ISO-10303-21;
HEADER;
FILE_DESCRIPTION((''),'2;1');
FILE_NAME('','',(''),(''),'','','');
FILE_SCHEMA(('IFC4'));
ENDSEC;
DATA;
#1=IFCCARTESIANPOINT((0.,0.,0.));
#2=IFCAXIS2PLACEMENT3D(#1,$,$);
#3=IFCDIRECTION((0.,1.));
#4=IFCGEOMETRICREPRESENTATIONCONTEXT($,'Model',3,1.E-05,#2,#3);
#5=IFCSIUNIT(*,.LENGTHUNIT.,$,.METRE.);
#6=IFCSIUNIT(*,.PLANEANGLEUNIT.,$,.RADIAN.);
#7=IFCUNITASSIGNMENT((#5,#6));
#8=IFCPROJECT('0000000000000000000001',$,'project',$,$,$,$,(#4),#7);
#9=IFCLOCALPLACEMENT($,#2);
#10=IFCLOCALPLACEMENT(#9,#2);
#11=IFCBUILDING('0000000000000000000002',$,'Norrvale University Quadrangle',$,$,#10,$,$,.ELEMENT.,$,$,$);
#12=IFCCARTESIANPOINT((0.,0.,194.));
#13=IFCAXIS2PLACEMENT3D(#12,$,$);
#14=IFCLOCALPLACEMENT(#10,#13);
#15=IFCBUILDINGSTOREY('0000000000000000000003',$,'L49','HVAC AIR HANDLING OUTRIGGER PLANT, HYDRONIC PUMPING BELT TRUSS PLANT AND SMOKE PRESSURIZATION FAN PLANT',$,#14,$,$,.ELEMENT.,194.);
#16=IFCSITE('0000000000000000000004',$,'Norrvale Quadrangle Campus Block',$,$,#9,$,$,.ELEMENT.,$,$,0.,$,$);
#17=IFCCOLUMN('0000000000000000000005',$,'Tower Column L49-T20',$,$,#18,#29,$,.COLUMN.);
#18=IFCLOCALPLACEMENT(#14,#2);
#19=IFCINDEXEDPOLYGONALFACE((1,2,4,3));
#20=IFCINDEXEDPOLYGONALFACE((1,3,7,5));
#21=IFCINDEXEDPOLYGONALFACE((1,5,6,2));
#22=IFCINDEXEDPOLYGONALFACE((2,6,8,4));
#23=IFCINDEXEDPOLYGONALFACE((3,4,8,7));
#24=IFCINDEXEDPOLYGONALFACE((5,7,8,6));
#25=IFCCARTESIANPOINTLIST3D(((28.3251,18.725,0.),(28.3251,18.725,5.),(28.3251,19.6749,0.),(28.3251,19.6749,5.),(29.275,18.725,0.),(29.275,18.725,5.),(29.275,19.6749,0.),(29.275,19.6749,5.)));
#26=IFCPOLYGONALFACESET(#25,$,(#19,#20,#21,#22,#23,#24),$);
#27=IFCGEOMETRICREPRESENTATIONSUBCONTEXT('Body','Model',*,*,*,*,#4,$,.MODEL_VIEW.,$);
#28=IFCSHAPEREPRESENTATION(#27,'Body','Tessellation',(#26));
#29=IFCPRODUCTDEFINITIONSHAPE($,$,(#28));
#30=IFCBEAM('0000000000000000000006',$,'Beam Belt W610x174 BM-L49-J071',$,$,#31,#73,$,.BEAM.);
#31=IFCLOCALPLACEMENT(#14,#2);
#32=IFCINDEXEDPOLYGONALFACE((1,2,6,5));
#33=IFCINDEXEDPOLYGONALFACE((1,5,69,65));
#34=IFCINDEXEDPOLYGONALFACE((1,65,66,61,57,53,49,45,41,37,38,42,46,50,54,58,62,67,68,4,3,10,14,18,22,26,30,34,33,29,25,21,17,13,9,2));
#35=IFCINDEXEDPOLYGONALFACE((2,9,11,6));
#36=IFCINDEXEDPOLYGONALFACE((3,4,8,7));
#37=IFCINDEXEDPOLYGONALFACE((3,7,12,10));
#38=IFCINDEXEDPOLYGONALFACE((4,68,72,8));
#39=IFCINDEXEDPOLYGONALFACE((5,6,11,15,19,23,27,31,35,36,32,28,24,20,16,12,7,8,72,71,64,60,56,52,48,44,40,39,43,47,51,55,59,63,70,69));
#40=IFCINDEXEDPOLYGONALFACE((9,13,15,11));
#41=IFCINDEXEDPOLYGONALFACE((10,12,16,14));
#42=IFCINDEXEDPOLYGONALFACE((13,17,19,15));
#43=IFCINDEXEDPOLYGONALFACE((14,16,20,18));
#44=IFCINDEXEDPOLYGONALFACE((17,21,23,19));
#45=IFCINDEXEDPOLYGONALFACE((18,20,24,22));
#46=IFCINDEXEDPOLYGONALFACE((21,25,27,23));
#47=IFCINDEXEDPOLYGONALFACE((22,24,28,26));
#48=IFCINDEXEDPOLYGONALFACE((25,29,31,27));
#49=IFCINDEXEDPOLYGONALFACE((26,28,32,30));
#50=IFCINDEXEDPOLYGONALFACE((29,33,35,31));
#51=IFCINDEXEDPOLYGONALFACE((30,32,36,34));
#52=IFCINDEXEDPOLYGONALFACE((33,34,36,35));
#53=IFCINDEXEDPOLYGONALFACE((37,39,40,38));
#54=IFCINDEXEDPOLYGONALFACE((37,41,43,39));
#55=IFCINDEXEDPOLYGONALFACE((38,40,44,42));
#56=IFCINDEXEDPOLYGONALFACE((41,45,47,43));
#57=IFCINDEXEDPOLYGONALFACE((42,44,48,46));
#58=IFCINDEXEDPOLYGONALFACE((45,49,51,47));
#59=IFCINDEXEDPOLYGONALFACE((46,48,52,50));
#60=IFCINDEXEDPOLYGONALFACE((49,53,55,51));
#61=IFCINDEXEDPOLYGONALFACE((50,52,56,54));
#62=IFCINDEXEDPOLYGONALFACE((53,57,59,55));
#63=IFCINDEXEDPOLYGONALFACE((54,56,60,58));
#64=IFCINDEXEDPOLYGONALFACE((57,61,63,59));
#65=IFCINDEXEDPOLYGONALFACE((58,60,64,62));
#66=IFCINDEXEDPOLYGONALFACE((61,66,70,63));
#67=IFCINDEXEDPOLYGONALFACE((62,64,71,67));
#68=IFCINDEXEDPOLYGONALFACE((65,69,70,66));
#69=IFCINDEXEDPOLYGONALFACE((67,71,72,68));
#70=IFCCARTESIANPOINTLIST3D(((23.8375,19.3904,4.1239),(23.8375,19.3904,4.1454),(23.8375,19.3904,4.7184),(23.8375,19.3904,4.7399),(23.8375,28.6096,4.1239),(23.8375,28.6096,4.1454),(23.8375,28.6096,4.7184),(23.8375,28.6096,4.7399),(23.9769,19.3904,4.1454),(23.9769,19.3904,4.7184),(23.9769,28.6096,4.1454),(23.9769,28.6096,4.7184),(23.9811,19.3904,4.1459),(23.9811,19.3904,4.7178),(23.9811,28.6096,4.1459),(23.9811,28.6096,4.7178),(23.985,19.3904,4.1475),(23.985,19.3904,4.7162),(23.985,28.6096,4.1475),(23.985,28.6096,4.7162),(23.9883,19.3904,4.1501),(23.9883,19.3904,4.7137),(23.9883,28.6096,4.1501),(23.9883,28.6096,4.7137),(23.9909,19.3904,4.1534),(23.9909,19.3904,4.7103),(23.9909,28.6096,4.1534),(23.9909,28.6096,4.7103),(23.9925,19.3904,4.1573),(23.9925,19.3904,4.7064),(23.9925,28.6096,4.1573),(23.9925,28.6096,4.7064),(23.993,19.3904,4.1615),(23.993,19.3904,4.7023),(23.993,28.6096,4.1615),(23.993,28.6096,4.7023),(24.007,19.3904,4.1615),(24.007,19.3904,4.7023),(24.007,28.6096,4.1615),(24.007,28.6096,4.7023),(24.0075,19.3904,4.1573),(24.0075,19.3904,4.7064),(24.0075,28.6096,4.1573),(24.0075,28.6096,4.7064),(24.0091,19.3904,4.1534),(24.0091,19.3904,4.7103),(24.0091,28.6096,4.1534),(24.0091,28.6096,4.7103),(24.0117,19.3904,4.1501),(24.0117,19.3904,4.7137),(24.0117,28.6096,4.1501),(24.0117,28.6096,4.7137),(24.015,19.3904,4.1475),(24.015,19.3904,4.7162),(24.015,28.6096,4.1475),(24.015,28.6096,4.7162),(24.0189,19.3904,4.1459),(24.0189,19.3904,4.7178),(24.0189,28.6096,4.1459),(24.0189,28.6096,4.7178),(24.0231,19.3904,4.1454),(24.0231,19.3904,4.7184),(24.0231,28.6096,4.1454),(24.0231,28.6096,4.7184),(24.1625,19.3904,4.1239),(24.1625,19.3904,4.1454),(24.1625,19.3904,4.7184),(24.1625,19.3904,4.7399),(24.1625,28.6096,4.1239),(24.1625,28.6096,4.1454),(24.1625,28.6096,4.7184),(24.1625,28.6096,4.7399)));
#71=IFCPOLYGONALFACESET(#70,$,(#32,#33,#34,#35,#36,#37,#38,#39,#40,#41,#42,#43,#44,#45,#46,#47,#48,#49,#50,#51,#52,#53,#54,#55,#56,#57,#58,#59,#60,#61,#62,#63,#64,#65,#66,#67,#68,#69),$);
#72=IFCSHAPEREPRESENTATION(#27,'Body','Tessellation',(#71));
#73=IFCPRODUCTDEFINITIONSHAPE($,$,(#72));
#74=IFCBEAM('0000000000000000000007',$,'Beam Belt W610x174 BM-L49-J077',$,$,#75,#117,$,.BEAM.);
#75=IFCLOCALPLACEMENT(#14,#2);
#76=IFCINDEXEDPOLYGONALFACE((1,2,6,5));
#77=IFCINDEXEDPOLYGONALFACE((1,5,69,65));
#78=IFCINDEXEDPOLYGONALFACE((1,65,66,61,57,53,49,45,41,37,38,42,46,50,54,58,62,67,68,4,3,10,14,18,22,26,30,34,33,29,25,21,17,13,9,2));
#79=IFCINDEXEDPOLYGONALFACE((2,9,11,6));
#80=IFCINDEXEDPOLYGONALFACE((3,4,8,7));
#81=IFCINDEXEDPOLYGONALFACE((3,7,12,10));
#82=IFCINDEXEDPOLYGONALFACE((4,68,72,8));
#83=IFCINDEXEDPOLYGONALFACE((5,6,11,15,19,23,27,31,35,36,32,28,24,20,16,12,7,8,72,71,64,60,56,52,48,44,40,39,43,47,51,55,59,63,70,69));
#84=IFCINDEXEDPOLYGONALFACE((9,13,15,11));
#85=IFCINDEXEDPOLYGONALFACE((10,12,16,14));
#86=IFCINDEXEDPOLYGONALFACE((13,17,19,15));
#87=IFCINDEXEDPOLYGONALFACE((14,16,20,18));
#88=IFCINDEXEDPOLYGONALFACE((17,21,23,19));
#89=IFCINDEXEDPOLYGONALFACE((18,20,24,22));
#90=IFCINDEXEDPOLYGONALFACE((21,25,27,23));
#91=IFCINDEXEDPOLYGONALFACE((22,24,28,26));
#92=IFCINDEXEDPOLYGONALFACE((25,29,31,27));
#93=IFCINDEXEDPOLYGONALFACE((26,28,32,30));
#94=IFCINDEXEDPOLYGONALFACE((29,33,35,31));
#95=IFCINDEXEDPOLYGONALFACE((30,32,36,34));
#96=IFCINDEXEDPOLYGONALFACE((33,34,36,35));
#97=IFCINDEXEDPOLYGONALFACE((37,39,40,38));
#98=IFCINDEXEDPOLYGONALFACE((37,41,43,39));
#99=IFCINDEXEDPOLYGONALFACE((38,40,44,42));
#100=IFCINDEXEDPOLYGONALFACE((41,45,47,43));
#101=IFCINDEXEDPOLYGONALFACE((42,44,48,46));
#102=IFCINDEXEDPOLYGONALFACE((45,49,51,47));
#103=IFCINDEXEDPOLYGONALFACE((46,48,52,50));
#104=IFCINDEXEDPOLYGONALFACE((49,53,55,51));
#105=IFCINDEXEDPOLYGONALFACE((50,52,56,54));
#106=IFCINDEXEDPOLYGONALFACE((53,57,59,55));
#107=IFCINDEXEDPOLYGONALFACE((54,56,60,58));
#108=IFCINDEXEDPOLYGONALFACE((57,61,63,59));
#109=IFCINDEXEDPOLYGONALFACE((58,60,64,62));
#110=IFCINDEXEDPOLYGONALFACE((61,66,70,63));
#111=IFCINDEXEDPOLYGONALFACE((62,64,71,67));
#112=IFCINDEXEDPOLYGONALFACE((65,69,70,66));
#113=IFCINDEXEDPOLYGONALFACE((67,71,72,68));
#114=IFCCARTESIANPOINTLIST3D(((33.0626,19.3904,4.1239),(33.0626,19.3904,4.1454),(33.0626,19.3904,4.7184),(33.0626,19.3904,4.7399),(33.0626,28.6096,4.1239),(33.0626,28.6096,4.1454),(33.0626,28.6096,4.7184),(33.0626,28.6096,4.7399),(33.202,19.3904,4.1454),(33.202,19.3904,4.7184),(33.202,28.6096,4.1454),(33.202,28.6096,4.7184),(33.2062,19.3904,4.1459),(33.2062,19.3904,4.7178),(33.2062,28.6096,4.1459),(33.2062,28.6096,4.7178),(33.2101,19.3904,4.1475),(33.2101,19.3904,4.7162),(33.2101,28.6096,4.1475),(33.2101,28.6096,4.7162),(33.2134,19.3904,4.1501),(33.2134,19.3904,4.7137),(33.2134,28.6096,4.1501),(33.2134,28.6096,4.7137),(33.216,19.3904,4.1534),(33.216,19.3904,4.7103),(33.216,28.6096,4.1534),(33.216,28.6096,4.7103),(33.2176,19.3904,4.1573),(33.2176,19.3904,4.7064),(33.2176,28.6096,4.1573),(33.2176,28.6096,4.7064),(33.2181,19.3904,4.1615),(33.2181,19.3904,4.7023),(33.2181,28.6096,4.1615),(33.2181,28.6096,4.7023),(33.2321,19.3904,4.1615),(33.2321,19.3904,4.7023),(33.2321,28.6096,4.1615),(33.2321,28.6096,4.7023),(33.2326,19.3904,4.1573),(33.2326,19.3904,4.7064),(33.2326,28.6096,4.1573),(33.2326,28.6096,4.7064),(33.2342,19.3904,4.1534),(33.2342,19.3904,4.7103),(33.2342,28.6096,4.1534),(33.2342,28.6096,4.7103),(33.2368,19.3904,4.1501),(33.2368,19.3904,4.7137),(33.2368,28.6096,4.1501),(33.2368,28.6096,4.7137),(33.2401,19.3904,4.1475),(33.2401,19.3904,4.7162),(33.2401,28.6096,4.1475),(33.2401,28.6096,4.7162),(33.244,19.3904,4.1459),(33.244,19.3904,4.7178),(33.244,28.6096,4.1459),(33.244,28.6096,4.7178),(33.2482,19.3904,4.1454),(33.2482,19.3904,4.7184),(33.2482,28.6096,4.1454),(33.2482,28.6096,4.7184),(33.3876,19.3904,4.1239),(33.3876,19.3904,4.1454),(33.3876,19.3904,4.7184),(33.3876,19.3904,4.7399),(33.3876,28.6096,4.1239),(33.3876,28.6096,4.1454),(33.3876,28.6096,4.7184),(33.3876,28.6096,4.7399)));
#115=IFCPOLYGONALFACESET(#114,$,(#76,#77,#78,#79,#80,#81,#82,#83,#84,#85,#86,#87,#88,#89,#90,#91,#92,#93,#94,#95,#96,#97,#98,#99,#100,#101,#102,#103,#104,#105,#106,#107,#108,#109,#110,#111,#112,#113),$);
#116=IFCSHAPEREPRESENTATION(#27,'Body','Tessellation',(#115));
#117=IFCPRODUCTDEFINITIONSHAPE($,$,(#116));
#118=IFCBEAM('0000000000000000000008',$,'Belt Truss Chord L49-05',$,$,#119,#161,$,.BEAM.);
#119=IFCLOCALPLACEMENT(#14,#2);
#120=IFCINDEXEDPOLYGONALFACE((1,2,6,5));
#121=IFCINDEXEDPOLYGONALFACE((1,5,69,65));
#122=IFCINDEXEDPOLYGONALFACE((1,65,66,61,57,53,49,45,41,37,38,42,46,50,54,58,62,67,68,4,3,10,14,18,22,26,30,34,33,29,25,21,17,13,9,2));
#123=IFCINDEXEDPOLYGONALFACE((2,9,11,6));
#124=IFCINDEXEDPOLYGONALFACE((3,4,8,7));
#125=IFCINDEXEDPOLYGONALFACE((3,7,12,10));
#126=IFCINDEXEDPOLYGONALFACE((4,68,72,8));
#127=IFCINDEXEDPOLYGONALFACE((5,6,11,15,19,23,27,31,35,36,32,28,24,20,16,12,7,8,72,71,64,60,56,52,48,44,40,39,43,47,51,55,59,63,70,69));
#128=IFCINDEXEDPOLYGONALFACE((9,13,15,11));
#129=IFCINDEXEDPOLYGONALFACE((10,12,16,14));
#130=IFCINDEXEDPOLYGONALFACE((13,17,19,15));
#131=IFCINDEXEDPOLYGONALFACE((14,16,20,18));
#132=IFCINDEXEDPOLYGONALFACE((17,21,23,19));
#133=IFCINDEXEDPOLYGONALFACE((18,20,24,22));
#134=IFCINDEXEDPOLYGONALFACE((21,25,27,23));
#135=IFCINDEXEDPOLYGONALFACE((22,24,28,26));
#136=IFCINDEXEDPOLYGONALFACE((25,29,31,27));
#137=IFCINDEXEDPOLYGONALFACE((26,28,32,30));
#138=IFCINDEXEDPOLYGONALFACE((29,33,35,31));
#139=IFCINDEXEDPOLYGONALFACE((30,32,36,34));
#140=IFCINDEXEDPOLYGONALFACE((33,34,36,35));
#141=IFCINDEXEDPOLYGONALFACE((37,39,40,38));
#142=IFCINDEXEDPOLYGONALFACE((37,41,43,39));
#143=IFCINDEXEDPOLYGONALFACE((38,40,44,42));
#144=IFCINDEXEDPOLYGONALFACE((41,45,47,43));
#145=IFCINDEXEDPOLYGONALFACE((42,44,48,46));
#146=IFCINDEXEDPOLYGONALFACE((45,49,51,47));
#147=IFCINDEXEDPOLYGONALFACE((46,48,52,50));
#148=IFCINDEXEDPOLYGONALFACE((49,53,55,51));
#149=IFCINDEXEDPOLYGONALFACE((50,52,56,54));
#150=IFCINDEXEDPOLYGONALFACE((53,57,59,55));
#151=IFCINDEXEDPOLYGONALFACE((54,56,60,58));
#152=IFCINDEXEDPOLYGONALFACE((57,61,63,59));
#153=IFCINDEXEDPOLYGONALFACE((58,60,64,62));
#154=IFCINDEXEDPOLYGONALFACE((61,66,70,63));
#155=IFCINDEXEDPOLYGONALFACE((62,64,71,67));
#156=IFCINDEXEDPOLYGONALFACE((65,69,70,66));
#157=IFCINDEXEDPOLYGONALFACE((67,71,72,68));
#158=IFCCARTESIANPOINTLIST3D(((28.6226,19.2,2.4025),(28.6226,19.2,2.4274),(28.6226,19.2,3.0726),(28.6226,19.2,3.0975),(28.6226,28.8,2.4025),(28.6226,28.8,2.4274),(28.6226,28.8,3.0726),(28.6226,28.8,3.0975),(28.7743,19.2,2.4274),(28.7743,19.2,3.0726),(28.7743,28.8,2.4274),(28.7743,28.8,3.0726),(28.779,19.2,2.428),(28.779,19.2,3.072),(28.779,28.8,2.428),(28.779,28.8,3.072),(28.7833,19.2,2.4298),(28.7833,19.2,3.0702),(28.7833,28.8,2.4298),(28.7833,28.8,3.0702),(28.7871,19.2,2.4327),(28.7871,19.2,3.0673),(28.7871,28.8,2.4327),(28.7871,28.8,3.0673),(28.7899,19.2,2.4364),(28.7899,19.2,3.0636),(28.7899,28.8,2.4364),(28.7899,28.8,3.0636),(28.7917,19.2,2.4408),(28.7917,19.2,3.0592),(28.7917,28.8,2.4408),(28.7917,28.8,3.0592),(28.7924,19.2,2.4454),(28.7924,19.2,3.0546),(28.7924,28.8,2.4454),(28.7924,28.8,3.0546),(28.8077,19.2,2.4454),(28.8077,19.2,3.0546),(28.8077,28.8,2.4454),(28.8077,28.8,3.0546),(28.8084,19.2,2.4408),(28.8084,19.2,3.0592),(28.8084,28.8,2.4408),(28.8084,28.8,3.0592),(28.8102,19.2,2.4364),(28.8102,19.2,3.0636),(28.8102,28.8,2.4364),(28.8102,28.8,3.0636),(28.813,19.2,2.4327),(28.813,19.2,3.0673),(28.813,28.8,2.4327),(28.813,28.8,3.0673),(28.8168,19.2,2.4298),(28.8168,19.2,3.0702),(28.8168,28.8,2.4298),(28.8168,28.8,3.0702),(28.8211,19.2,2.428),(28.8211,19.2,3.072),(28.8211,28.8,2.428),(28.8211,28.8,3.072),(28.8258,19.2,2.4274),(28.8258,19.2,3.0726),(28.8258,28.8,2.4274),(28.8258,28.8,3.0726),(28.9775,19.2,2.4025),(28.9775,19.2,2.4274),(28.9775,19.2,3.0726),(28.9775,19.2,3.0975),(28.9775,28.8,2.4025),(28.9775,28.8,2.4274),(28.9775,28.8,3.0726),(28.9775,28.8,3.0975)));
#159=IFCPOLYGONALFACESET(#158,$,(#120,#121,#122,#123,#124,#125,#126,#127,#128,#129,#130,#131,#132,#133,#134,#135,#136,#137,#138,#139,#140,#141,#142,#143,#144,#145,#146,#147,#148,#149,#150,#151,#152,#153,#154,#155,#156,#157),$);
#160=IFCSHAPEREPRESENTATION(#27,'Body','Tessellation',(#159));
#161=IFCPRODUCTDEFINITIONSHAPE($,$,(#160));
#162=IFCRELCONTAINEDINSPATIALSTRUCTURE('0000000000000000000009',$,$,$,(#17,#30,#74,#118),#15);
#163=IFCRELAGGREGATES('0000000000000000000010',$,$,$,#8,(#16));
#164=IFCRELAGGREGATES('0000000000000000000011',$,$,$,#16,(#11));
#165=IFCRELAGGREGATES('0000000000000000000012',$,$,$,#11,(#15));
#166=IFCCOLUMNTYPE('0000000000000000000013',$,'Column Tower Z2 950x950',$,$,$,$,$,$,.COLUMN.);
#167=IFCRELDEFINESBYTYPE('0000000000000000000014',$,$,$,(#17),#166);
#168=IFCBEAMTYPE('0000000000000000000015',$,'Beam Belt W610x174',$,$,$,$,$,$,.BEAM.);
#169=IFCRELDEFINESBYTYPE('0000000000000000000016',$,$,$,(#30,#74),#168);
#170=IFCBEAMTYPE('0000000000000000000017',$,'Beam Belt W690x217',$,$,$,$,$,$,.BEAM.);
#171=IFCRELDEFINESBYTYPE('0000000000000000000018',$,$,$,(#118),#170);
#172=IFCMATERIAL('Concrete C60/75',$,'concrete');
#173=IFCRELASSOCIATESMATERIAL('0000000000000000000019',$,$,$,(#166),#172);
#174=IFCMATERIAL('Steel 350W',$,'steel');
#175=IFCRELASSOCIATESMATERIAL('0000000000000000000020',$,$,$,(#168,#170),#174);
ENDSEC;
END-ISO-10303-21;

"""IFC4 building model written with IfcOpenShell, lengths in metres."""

from ifc_helpers import new_model, si_unit, direction, frame, origin, origin_2d, place, context, subcontext, project, spatial, rectangle, i_section, extrude, material, material_profile, profile_set, type_object, element, save


model = new_model("IFC4")

# Units and contexts
model_context = context("Model", 3, precision=1e-05, world=origin(), true_north=direction((0.0, 1.0)))
body_context = subcontext(model_context, "Body", "Model", "MODEL_VIEW")
ifc_project = project(units=[si_unit("LENGTHUNIT", "METRE"), si_unit("PLANEANGLEUNIT", "RADIAN")], contexts=[model_context])

# Site, building, storey
site_placement = place(None, origin())
site = spatial("IfcSite", under=ifc_project, at=site_placement, Name="Norrvale Quadrangle Campus Block", CompositionType="ELEMENT", RefElevation=0.0)
building_placement = place(site_placement, origin())
building = spatial("IfcBuilding", under=site, at=building_placement, Name="Norrvale University Quadrangle", CompositionType="ELEMENT")
storey_placement = place(building_placement, frame((0.0, 0.0, 194.0)))
storey = spatial("IfcBuildingStorey", under=building, at=storey_placement, Name="L49", Description="HVAC AIR HANDLING OUTRIGGER PLANT, HYDRONIC PUMPING BELT TRUSS PLANT AND SMOKE PRESSURIZATION FAN PLANT", CompositionType="ELEMENT", Elevation=194.0)

# Column
ifc_material_1 = material(Name="Concrete C60/75", Category="concrete")
ifc_material_profile_1 = material_profile(ifc_material_1, rectangle(XDim=0.95, YDim=0.95, at=origin_2d()), Name="Concrete C60/75")
ifc_profile_set_1 = profile_set([ifc_material_profile_1], Name="Concrete C60/75")
column_type = type_object("IfcColumnType", Name="Column Tower Z2 950x950", PredefinedType="COLUMN", material=ifc_profile_set_1)
column_placement = place(storey_placement, frame((28.8, 19.2, 0.0), z_axis=(0.0, 0.0, 1.0), x_axis=(1.0, 0.0, 0.0)))
element("IfcColumn", 1, at=column_placement, inside=storey, type_object=column_type, Name="Tower Column L49-T20", PredefinedType="COLUMN", context=body_context, shape_type="SweptSolid", body=[
    extrude(rectangle(XDim=0.95, YDim=0.95, at=origin_2d()), origin(), (0.0, 0.0, 1.0), 5.0),
])

# Beams
ifc_material_2 = material(Name="Steel 350W", Category="steel")
ifc_material_profile_2 = material_profile(ifc_material_2, i_section(OverallWidth=0.325, OverallDepth=0.616, WebThickness=0.0139, FlangeThickness=0.0215, FilletRadius=0.0161, at=origin_2d()), Name="Steel 350W")
ifc_profile_set_2 = profile_set([ifc_material_profile_2], Name="Steel 350W")
beam_type_1 = type_object("IfcBeamType", Name="Beam Belt W610x174", PredefinedType="BEAM", material=ifc_profile_set_2)
for number, where, z_axis, x_axis, name in (
    (2, (24.0, 19.3904, 4.4319), (0.0, 1.0, 0.0), (-1.0, 0.0, 0.0), "Beam Belt W610x174 BM-L49-J071"),
    (3, (33.2251, 19.3904, 4.4319), (0.0, 1.0, 0.0), (-1.0, 0.0, 0.0), "Beam Belt W610x174 BM-L49-J077"),
):
    element("IfcBeam", number, at=place(storey_placement, frame(where, z_axis=z_axis, x_axis=x_axis)), inside=storey, type_object=beam_type_1, Name=name, PredefinedType="BEAM", context=body_context, shape_type="SweptSolid", body=[
        extrude(i_section(OverallWidth=0.325, OverallDepth=0.616, WebThickness=0.0139, FlangeThickness=0.0215, FilletRadius=0.0161, at=origin_2d()), origin(), (0.0, 0.0, 1.0), 9.2192),
    ])
ifc_material_profile_3 = material_profile(ifc_material_2, i_section(OverallWidth=0.355, OverallDepth=0.6951, WebThickness=0.0154, FlangeThickness=0.0249, FilletRadius=0.0181, at=origin_2d()), Name="Steel 350W")
ifc_profile_set_3 = profile_set([ifc_material_profile_3], Name="Steel 350W")
beam_type_2 = type_object("IfcBeamType", Name="Beam Belt W690x217", PredefinedType="BEAM", material=ifc_profile_set_3)
beam_1_placement = place(storey_placement, frame((28.8, 19.2, 2.75), z_axis=(0.0, 1.0, 0.0), x_axis=(-1.0, 0.0, 0.0)))
element("IfcBeam", 4, at=beam_1_placement, inside=storey, type_object=beam_type_2, Name="Belt Truss Chord L49-05", PredefinedType="BEAM", context=body_context, shape_type="SweptSolid", body=[
    extrude(i_section(OverallWidth=0.355, OverallDepth=0.6951, WebThickness=0.0154, FlangeThickness=0.0249, FilletRadius=0.0181, at=origin_2d()), origin(), (0.0, 0.0, 1.0), 9.6001),
])

save(model, "model.ifc")
